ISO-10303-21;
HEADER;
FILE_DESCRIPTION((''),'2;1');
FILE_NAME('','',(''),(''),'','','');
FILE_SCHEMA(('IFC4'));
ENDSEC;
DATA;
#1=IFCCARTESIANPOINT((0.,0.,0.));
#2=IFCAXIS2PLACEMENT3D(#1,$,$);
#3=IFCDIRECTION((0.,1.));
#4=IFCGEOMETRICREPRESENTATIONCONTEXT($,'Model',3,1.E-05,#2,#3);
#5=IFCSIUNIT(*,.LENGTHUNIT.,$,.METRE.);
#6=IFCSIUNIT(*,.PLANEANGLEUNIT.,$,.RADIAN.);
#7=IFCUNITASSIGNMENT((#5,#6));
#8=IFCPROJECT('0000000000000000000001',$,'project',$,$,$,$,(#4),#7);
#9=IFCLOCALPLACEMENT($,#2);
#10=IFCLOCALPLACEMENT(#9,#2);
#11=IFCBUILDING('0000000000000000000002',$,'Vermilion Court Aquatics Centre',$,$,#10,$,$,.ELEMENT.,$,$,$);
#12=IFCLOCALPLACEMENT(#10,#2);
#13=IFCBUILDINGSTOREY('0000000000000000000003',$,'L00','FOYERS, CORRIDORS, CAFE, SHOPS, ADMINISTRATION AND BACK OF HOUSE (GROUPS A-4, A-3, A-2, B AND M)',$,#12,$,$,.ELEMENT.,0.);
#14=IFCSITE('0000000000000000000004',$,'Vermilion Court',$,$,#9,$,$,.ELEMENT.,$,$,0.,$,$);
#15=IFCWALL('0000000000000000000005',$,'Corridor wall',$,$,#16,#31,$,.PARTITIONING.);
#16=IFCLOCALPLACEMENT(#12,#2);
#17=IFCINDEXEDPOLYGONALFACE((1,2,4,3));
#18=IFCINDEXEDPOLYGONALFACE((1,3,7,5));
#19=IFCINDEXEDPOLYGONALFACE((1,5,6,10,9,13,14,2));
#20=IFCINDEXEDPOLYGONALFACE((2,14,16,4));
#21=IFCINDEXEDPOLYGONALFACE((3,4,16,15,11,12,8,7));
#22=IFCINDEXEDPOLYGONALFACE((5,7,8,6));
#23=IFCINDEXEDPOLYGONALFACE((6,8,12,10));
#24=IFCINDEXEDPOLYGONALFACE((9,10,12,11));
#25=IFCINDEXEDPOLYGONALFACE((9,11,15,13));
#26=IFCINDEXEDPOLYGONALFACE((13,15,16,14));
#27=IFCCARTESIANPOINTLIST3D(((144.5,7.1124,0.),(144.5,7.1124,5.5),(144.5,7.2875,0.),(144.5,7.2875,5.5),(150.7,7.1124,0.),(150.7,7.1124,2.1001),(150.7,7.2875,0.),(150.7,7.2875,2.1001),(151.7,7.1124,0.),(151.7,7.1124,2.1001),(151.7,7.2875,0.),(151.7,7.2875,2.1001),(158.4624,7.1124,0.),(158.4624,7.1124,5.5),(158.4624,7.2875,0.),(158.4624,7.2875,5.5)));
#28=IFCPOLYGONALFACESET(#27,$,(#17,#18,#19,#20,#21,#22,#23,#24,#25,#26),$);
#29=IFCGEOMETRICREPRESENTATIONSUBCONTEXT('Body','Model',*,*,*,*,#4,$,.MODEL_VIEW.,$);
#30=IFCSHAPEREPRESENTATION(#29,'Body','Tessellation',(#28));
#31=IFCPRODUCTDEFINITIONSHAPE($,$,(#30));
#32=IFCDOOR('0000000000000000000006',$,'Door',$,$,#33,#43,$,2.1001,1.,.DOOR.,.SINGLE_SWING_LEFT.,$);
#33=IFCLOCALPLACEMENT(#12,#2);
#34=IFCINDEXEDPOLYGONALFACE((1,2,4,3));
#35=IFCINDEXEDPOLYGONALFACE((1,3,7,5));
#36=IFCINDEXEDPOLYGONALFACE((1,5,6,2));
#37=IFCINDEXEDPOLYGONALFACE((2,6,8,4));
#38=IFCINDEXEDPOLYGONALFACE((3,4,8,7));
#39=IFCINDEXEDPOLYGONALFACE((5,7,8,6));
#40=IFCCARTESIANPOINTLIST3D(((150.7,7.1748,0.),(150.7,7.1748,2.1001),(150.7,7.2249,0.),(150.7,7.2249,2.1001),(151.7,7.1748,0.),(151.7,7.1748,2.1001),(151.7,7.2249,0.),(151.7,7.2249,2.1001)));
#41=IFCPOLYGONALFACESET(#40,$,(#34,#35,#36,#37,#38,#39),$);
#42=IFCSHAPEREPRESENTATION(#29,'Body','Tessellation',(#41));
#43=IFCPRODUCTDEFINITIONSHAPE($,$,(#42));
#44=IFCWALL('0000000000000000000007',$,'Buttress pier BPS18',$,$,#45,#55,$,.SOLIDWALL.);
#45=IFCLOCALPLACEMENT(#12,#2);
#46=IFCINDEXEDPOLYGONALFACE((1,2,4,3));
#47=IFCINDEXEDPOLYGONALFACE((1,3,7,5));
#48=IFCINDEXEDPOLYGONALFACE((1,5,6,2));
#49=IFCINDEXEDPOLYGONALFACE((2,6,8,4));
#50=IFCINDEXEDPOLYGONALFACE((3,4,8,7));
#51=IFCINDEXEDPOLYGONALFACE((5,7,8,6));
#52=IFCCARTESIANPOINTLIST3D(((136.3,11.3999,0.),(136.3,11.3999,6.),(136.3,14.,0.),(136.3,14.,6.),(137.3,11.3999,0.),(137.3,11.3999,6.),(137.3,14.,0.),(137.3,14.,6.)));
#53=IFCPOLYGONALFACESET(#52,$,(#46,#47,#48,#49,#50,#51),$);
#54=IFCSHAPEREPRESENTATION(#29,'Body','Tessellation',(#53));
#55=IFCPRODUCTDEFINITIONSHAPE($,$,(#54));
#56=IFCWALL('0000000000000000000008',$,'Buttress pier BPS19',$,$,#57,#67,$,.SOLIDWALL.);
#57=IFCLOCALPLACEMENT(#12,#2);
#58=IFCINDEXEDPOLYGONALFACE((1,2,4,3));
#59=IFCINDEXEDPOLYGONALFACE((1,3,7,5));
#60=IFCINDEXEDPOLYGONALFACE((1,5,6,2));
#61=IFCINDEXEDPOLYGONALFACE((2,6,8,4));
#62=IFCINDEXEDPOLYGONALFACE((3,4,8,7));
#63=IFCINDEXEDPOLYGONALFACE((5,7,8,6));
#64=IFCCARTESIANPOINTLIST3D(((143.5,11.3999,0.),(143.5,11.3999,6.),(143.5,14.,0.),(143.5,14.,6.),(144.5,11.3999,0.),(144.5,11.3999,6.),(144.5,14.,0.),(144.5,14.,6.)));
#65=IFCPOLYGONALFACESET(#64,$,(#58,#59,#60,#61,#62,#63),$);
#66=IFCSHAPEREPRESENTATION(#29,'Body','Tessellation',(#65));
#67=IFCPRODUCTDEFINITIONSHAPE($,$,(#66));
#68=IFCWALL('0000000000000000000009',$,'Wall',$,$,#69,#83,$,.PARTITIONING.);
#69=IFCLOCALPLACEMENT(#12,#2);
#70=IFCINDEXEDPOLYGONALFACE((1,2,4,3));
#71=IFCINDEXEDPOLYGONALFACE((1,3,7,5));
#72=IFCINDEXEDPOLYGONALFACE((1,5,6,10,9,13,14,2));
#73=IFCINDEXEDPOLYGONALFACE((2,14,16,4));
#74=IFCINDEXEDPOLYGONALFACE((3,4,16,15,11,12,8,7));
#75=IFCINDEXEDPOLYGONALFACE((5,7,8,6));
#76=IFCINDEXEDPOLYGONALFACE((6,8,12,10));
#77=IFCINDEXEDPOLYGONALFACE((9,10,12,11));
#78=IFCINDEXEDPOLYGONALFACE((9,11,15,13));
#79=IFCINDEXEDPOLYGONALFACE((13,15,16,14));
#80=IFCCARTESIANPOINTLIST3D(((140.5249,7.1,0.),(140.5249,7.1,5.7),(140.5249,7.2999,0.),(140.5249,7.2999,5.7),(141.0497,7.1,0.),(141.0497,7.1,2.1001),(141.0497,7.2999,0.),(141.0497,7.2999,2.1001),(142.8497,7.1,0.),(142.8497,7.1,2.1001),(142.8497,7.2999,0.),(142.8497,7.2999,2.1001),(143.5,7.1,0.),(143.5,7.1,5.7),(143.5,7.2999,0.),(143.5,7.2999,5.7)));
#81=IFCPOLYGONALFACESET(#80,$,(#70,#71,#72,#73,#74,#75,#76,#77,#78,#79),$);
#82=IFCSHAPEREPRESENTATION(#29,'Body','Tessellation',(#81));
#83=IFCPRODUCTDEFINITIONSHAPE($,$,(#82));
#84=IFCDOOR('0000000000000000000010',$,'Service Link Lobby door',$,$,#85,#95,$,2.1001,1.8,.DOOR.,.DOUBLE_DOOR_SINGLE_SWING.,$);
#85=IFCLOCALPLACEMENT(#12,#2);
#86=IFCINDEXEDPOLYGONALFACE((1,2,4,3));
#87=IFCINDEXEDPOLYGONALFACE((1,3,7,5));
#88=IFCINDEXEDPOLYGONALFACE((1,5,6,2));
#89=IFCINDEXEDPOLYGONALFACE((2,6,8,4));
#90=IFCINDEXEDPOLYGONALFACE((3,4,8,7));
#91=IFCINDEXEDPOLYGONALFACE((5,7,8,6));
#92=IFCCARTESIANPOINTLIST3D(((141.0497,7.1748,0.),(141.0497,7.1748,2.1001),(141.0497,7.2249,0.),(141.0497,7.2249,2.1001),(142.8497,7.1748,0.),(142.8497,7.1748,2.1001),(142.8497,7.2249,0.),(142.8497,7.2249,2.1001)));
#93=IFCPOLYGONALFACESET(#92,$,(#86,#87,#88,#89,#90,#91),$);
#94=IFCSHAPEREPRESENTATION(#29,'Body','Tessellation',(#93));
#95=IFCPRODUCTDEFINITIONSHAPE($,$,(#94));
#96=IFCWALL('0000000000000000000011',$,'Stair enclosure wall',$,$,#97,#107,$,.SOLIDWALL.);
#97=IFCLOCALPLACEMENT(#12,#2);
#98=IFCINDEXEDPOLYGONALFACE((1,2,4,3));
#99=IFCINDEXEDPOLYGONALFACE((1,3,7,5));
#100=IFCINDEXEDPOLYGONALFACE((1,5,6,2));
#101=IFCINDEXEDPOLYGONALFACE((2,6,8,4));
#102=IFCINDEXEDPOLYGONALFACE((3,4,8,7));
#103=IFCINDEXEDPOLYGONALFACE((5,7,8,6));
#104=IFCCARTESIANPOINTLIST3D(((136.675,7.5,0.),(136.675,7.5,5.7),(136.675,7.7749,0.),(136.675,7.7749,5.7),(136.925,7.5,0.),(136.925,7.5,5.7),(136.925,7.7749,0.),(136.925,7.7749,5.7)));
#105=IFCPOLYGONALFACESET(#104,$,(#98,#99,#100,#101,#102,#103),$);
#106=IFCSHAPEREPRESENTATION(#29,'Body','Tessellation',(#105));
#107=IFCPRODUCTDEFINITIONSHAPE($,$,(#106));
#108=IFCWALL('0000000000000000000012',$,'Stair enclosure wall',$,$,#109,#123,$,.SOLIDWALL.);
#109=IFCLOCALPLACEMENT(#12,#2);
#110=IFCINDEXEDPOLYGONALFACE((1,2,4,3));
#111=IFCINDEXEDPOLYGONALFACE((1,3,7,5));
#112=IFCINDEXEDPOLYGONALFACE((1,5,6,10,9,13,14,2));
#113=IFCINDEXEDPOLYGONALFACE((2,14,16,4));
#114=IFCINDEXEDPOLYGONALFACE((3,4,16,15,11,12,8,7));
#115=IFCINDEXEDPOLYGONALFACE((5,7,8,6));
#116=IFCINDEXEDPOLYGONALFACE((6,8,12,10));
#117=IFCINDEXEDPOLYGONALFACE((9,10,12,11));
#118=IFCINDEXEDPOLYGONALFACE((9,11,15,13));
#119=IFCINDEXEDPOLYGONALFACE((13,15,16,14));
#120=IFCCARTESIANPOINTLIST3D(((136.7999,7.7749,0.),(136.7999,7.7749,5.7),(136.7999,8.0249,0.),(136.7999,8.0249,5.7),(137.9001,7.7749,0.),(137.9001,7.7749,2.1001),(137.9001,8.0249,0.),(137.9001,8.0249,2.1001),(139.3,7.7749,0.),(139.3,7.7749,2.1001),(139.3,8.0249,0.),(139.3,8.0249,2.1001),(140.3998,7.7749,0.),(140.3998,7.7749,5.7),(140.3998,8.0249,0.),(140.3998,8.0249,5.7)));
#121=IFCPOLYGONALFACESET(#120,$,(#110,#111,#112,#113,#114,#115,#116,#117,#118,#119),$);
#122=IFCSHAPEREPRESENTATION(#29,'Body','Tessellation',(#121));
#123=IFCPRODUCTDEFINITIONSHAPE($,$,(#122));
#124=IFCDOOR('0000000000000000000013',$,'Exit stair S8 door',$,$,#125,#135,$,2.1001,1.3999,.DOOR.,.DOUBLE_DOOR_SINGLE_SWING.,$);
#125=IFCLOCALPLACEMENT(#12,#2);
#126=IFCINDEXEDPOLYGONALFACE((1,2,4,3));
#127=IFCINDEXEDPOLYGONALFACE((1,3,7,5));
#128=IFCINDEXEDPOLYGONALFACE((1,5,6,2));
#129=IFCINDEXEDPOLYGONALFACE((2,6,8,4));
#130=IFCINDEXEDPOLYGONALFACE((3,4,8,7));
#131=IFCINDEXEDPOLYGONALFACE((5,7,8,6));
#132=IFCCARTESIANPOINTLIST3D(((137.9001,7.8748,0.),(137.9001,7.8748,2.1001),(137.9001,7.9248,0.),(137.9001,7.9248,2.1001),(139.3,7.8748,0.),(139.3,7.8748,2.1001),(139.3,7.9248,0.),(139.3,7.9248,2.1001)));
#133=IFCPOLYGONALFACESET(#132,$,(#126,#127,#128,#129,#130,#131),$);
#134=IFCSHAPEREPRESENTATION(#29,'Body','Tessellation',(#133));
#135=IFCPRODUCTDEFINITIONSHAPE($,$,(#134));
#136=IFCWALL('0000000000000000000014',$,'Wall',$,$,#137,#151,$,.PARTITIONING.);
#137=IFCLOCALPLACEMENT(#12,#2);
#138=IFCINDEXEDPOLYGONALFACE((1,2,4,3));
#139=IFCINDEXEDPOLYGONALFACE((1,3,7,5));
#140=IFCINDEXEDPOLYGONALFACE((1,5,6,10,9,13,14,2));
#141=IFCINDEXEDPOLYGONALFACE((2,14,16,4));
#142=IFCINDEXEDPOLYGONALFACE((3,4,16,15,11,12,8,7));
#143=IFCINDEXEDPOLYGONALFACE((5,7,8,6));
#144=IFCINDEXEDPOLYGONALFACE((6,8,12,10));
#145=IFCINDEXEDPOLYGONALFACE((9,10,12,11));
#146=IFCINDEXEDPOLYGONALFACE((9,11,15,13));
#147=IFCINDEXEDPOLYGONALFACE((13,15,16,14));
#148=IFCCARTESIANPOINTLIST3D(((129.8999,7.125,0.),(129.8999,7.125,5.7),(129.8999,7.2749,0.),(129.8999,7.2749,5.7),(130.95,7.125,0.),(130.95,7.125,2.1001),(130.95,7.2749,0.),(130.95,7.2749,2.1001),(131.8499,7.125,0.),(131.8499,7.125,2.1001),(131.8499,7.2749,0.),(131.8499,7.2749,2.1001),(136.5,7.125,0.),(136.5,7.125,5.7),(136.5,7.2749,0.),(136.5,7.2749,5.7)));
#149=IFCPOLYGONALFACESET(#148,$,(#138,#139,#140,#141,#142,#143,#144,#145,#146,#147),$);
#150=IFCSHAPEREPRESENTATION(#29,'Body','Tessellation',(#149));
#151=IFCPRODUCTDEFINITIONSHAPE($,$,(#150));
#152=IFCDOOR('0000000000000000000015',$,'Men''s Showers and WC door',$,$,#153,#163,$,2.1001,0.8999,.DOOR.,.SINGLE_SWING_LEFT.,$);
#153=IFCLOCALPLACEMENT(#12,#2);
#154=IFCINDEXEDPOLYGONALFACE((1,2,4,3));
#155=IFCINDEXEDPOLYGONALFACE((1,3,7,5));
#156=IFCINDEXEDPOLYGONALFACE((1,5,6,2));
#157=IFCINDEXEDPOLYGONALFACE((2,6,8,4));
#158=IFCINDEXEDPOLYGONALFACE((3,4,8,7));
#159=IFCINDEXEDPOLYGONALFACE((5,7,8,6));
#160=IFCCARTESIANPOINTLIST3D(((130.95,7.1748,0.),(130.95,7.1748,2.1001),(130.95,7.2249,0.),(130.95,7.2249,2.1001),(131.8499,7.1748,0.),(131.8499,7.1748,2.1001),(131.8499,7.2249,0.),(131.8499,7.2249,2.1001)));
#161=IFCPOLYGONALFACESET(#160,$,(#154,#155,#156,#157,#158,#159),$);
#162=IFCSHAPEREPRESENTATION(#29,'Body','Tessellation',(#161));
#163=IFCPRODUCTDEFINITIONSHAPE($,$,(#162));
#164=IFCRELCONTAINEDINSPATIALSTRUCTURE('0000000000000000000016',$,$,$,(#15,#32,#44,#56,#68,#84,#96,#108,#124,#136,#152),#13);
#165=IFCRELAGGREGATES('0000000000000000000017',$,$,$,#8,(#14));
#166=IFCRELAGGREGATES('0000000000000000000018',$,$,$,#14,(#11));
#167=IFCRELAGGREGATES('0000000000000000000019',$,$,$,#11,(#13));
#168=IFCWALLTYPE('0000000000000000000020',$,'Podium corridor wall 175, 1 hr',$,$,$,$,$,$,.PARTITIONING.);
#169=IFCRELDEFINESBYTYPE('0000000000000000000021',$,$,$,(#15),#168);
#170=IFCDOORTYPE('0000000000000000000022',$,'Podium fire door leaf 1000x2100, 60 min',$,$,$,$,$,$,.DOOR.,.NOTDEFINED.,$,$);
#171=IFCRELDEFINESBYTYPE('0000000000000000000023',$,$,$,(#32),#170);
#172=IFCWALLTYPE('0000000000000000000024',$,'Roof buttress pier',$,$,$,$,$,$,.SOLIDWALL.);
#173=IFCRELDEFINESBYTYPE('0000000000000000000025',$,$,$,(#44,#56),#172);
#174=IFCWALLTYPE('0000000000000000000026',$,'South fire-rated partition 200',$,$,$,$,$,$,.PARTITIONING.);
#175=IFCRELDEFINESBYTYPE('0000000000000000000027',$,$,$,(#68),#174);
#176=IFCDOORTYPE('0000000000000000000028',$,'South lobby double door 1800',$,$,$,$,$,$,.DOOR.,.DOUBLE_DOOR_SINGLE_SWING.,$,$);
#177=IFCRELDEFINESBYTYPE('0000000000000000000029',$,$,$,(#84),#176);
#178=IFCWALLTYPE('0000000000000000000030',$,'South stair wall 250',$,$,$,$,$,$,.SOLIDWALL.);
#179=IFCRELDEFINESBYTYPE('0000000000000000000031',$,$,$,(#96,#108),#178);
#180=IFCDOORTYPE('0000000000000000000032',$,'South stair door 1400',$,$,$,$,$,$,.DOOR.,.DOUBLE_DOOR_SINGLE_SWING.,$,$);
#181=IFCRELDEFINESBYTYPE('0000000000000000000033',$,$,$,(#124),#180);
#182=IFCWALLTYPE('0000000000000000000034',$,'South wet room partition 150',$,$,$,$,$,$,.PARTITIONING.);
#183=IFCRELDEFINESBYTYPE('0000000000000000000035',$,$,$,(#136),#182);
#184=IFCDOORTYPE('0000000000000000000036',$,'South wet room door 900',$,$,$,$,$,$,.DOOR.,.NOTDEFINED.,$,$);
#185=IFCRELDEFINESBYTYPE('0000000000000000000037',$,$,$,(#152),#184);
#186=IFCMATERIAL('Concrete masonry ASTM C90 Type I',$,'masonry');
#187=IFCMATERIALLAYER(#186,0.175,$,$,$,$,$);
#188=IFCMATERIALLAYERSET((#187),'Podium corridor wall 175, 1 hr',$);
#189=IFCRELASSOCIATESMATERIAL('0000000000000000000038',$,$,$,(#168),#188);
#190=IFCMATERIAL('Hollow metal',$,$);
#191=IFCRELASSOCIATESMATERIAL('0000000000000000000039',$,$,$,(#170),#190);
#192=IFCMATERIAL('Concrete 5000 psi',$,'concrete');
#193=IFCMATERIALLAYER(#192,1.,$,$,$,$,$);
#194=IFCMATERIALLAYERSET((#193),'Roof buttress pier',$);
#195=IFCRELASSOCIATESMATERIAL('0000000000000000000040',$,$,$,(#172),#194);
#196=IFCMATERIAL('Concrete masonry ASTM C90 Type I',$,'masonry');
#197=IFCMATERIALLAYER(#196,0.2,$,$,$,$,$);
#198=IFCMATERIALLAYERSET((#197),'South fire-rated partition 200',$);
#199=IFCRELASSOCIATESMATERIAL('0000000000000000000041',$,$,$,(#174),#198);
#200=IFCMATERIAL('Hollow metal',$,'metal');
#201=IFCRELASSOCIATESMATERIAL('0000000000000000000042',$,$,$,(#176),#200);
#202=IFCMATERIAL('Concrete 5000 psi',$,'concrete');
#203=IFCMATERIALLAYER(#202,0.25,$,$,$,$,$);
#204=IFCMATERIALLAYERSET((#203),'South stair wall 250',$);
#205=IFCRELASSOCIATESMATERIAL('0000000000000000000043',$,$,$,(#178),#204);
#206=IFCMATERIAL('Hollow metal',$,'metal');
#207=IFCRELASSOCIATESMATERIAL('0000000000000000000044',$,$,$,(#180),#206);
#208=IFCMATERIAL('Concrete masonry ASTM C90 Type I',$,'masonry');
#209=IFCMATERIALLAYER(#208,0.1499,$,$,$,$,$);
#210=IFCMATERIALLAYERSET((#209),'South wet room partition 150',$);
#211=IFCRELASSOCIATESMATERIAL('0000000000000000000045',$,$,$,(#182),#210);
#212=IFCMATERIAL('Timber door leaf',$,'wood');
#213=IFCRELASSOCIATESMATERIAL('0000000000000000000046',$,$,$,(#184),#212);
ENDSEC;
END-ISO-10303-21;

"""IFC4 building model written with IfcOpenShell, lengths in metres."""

from ifc_helpers import new_model, si_unit, direction, frame, frame_2d, origin, place, context, subcontext, project, spatial, rectangle, extrude, material, layer, layer_set, type_object, element, fill, save


model = new_model("IFC4")

# Units and contexts
model_context = context("Model", 3, precision=1e-05, world=origin(), true_north=direction((0.0, 1.0)))
body_context = subcontext(model_context, "Body", "Model", "MODEL_VIEW")
ifc_project = project(units=[si_unit("LENGTHUNIT", "METRE"), si_unit("PLANEANGLEUNIT", "RADIAN")], contexts=[model_context])

# Site, building, storey
site_placement = place(None, origin())
site = spatial("IfcSite", under=ifc_project, at=site_placement, Name="Vermilion Court", CompositionType="ELEMENT", RefElevation=0.0)
building_placement = place(site_placement, origin())
building = spatial("IfcBuilding", under=site, at=building_placement, Name="Vermilion Court Aquatics Centre", CompositionType="ELEMENT")
storey_placement = place(building_placement, origin())
storey = spatial("IfcBuildingStorey", under=building, at=storey_placement, Name="L00", Description="FOYERS, CORRIDORS, CAFE, SHOPS, ADMINISTRATION AND BACK OF HOUSE (GROUPS A-4, A-3, A-2, B AND M)", CompositionType="ELEMENT", Elevation=0.0)

# Wall, opening, door
ifc_material_1 = material(Name="Concrete masonry ASTM C90 Type I", Category="masonry")
ifc_layer_1 = layer(ifc_material_1, 0.175)
ifc_layer_set_1 = layer_set([ifc_layer_1], Name="Podium corridor wall 175, 1 hr")
wall_type_1 = type_object("IfcWallType", Name="Podium corridor wall 175, 1 hr", PredefinedType="PARTITIONING", material=ifc_layer_set_1)
wall_1_placement = place(storey_placement, frame((144.5, 7.2, 0.0), z_axis=(0.0, 0.0, 1.0), x_axis=(1.0, 0.0, 0.0)))
wall_1 = element("IfcWall", 1, at=wall_1_placement, inside=storey, type_object=wall_type_1, Name="Corridor wall", PredefinedType="PARTITIONING", context=body_context, shape_type="SweptSolid", body=[
    extrude(rectangle(XDim=13.9624, YDim=0.175, at=frame_2d((6.9812, 0.0))), origin(), (0.0, 0.0, 1.0), 5.5),
])
opening_1_placement = place(wall_1_placement, frame((6.2, 0.0, 0.0)))
opening_1 = element("IfcOpeningElement", 2, at=opening_1_placement, cuts=wall_1, PredefinedType="OPENING", context=body_context, shape_type="SweptSolid", body=[
    extrude(rectangle(XDim=1.0, YDim=2.1001, at=frame_2d((0.5, 1.05))), frame((0.0, 0.0974, 0.0), z_axis=(0.0, -1.0, 0.0), x_axis=(1.0, 0.0, 0.0)), (0.0, 0.0, 1.0), 0.1951),
])
ifc_material_2 = material(Name="Hollow metal")
door_type_1 = type_object("IfcDoorType", Name="Podium fire door leaf 1000x2100, 60 min", OperationType="NOTDEFINED", PredefinedType="DOOR", material=ifc_material_2)
door_1_placement = place(opening_1_placement, origin())
door_1 = element("IfcDoor", 3, at=door_1_placement, inside=storey, type_object=door_type_1, Name="Door", OperationType="SINGLE_SWING_LEFT", OverallHeight=2.1001, OverallWidth=1.0, PredefinedType="DOOR", context=body_context, shape_type="SweptSolid", body=[
    extrude(rectangle(XDim=1.0, YDim=2.1001, at=frame_2d((0.5, 1.05))), frame((0.0, 0.0249, 0.0), z_axis=(0.0, -1.0, 0.0), x_axis=(1.0, 0.0, 0.0)), (0.0, 0.0, 1.0), 0.05),
])
fill(opening_1, door_1)

# Walls
ifc_material_3 = material(Name="Concrete 5000 psi", Category="concrete")
ifc_layer_2 = layer(ifc_material_3, 1.0)
ifc_layer_set_2 = layer_set([ifc_layer_2], Name="Roof buttress pier")
wall_type_2 = type_object("IfcWallType", Name="Roof buttress pier", PredefinedType="SOLIDWALL", material=ifc_layer_set_2)
for number, where, z_axis, x_axis, name in (
    (4, (136.8, 11.3999, 0.0), (0.0, 0.0, 1.0), (0.0, 1.0, 0.0), "Buttress pier BPS18"),
    (5, (144.0, 11.3999, 0.0), (0.0, 0.0, 1.0), (0.0, 1.0, 0.0), "Buttress pier BPS19"),
):
    element("IfcWall", number, at=place(storey_placement, frame(where, z_axis=z_axis, x_axis=x_axis)), inside=storey, type_object=wall_type_2, Name=name, PredefinedType="SOLIDWALL", context=body_context, shape_type="SweptSolid", body=[
        extrude(rectangle(XDim=2.6001, YDim=1.0, at=frame_2d((1.3, 0.0))), origin(), (0.0, 0.0, 1.0), 6.0),
    ])

# Wall, opening, door
ifc_material_4 = material(Name="Concrete masonry ASTM C90 Type I", Category="masonry")
ifc_layer_3 = layer(ifc_material_4, 0.2)
ifc_layer_set_3 = layer_set([ifc_layer_3], Name="South fire-rated partition 200")
wall_type_3 = type_object("IfcWallType", Name="South fire-rated partition 200", PredefinedType="PARTITIONING", material=ifc_layer_set_3)
wall_2_placement = place(storey_placement, frame((140.5249, 7.2, 0.0), z_axis=(0.0, 0.0, 1.0), x_axis=(1.0, 0.0, 0.0)))
wall_2 = element("IfcWall", 6, at=wall_2_placement, inside=storey, type_object=wall_type_3, Name="Wall", PredefinedType="PARTITIONING", context=body_context, shape_type="SweptSolid", body=[
    extrude(rectangle(XDim=2.9751, YDim=0.2, at=frame_2d((1.4875, 0.0))), origin(), (0.0, 0.0, 1.0), 5.7),
])
opening_2_placement = place(wall_2_placement, frame((0.5249, 0.0, 0.0)))
opening_2 = element("IfcOpeningElement", 7, at=opening_2_placement, cuts=wall_2, PredefinedType="OPENING", context=body_context, shape_type="SweptSolid", body=[
    extrude(rectangle(XDim=1.8, YDim=2.1001, at=frame_2d((0.8999, 1.05))), frame((0.0, 0.1099, 0.0), z_axis=(0.0, -1.0, 0.0), x_axis=(1.0, 0.0, 0.0)), (0.0, 0.0, 1.0), 0.22),
])
ifc_material_5 = material(Name="Hollow metal", Category="metal")
door_type_2 = type_object("IfcDoorType", Name="South lobby double door 1800", OperationType="DOUBLE_DOOR_SINGLE_SWING", PredefinedType="DOOR", material=ifc_material_5)
door_2_placement = place(opening_2_placement, origin())
door_2 = element("IfcDoor", 8, at=door_2_placement, inside=storey, type_object=door_type_2, Name="Service Link Lobby door", OperationType="DOUBLE_DOOR_SINGLE_SWING", OverallHeight=2.1001, OverallWidth=1.8, PredefinedType="DOOR", context=body_context, shape_type="SweptSolid", body=[
    extrude(rectangle(XDim=1.8, YDim=2.1001, at=frame_2d((0.8999, 1.05))), frame((0.0, 0.0249, 0.0), z_axis=(0.0, -1.0, 0.0), x_axis=(1.0, 0.0, 0.0)), (0.0, 0.0, 1.0), 0.05),
])
fill(opening_2, door_2)

# Wall
ifc_material_6 = material(Name="Concrete 5000 psi", Category="concrete")
ifc_layer_4 = layer(ifc_material_6, 0.25)
ifc_layer_set_4 = layer_set([ifc_layer_4], Name="South stair wall 250")
wall_type_4 = type_object("IfcWallType", Name="South stair wall 250", PredefinedType="SOLIDWALL", material=ifc_layer_set_4)
wall_3_placement = place(storey_placement, frame((136.8, 7.5, 0.0), z_axis=(0.0, 0.0, 1.0), x_axis=(0.0, 1.0, 0.0)))
element("IfcWall", 9, at=wall_3_placement, inside=storey, type_object=wall_type_4, Name="Stair enclosure wall", PredefinedType="SOLIDWALL", context=body_context, shape_type="SweptSolid", body=[
    extrude(rectangle(XDim=0.2749, YDim=0.25, at=frame_2d((0.1375, 0.0))), origin(), (0.0, 0.0, 1.0), 5.7),
])

# Walls, openings, doors
wall_4_placement = place(storey_placement, frame((136.8, 7.8999, 0.0), z_axis=(0.0, 0.0, 1.0), x_axis=(1.0, 0.0, 0.0)))
wall_4 = element("IfcWall", 10, at=wall_4_placement, inside=storey, type_object=wall_type_4, Name="Stair enclosure wall", PredefinedType="SOLIDWALL", context=body_context, shape_type="SweptSolid", body=[
    extrude(rectangle(XDim=3.5999, YDim=0.25, at=frame_2d((1.7998, 0.0))), origin(), (0.0, 0.0, 1.0), 5.7),
])
opening_3_placement = place(wall_4_placement, frame((1.1001, 0.0, 0.0)))
opening_3 = element("IfcOpeningElement", 11, at=opening_3_placement, cuts=wall_4, PredefinedType="OPENING", context=body_context, shape_type="SweptSolid", body=[
    extrude(rectangle(XDim=1.3999, YDim=2.1001, at=frame_2d((0.7, 1.05))), frame((0.0, 0.135, 0.0), z_axis=(0.0, -1.0, 0.0), x_axis=(1.0, 0.0, 0.0)), (0.0, 0.0, 1.0), 0.27),
])
ifc_material_7 = material(Name="Hollow metal", Category="metal")
door_type_3 = type_object("IfcDoorType", Name="South stair door 1400", OperationType="DOUBLE_DOOR_SINGLE_SWING", PredefinedType="DOOR", material=ifc_material_7)
door_3_placement = place(opening_3_placement, origin())
door_3 = element("IfcDoor", 12, at=door_3_placement, inside=storey, type_object=door_type_3, Name="Exit stair S8 door", OperationType="DOUBLE_DOOR_SINGLE_SWING", OverallHeight=2.1001, OverallWidth=1.3999, PredefinedType="DOOR", context=body_context, shape_type="SweptSolid", body=[
    extrude(rectangle(XDim=1.3999, YDim=2.1001, at=frame_2d((0.7, 1.05))), frame((0.0, 0.0249, 0.0), z_axis=(0.0, -1.0, 0.0), x_axis=(1.0, 0.0, 0.0)), (0.0, 0.0, 1.0), 0.05),
])
fill(opening_3, door_3)
ifc_material_8 = material(Name="Concrete masonry ASTM C90 Type I", Category="masonry")
ifc_layer_5 = layer(ifc_material_8, 0.1499)
ifc_layer_set_5 = layer_set([ifc_layer_5], Name="South wet room partition 150")
wall_type_5 = type_object("IfcWallType", Name="South wet room partition 150", PredefinedType="PARTITIONING", material=ifc_layer_set_5)
wall_5_placement = place(storey_placement, frame((129.8999, 7.2, 0.0), z_axis=(0.0, 0.0, 1.0), x_axis=(1.0, 0.0, 0.0)))
wall_5 = element("IfcWall", 13, at=wall_5_placement, inside=storey, type_object=wall_type_5, Name="Wall", PredefinedType="PARTITIONING", context=body_context, shape_type="SweptSolid", body=[
    extrude(rectangle(XDim=6.6001, YDim=0.1499, at=frame_2d((3.3, 0.0))), origin(), (0.0, 0.0, 1.0), 5.7),
])
opening_4_placement = place(wall_5_placement, frame((1.05, 0.0, 0.0)))
opening_4 = element("IfcOpeningElement", 14, at=opening_4_placement, cuts=wall_5, PredefinedType="OPENING", context=body_context, shape_type="SweptSolid", body=[
    extrude(rectangle(XDim=0.8999, YDim=2.1001, at=frame_2d((0.45, 1.05))), frame((0.0, 0.085, 0.0), z_axis=(0.0, -1.0, 0.0), x_axis=(1.0, 0.0, 0.0)), (0.0, 0.0, 1.0), 0.1699),
])
ifc_material_9 = material(Name="Timber door leaf", Category="wood")
door_type_4 = type_object("IfcDoorType", Name="South wet room door 900", OperationType="NOTDEFINED", PredefinedType="DOOR", material=ifc_material_9)
door_4_placement = place(opening_4_placement, frame((0.8999, 0.0, 0.0), z_axis=(0.0, 0.0, 1.0), x_axis=(-1.0, 0.0, 0.0)))
door_4 = element("IfcDoor", 15, at=door_4_placement, inside=storey, type_object=door_type_4, Name="Men's Showers and WC door", OperationType="SINGLE_SWING_LEFT", OverallHeight=2.1001, OverallWidth=0.8999, PredefinedType="DOOR", context=body_context, shape_type="SweptSolid", body=[
    extrude(rectangle(XDim=0.8999, YDim=2.1001, at=frame_2d((0.45, 1.05))), frame((0.0, 0.0251, 0.0), z_axis=(0.0, -1.0, 0.0), x_axis=(1.0, 0.0, 0.0)), (0.0, 0.0, 1.0), 0.05),
])
fill(opening_4, door_4)

save(model, "model.ifc")
